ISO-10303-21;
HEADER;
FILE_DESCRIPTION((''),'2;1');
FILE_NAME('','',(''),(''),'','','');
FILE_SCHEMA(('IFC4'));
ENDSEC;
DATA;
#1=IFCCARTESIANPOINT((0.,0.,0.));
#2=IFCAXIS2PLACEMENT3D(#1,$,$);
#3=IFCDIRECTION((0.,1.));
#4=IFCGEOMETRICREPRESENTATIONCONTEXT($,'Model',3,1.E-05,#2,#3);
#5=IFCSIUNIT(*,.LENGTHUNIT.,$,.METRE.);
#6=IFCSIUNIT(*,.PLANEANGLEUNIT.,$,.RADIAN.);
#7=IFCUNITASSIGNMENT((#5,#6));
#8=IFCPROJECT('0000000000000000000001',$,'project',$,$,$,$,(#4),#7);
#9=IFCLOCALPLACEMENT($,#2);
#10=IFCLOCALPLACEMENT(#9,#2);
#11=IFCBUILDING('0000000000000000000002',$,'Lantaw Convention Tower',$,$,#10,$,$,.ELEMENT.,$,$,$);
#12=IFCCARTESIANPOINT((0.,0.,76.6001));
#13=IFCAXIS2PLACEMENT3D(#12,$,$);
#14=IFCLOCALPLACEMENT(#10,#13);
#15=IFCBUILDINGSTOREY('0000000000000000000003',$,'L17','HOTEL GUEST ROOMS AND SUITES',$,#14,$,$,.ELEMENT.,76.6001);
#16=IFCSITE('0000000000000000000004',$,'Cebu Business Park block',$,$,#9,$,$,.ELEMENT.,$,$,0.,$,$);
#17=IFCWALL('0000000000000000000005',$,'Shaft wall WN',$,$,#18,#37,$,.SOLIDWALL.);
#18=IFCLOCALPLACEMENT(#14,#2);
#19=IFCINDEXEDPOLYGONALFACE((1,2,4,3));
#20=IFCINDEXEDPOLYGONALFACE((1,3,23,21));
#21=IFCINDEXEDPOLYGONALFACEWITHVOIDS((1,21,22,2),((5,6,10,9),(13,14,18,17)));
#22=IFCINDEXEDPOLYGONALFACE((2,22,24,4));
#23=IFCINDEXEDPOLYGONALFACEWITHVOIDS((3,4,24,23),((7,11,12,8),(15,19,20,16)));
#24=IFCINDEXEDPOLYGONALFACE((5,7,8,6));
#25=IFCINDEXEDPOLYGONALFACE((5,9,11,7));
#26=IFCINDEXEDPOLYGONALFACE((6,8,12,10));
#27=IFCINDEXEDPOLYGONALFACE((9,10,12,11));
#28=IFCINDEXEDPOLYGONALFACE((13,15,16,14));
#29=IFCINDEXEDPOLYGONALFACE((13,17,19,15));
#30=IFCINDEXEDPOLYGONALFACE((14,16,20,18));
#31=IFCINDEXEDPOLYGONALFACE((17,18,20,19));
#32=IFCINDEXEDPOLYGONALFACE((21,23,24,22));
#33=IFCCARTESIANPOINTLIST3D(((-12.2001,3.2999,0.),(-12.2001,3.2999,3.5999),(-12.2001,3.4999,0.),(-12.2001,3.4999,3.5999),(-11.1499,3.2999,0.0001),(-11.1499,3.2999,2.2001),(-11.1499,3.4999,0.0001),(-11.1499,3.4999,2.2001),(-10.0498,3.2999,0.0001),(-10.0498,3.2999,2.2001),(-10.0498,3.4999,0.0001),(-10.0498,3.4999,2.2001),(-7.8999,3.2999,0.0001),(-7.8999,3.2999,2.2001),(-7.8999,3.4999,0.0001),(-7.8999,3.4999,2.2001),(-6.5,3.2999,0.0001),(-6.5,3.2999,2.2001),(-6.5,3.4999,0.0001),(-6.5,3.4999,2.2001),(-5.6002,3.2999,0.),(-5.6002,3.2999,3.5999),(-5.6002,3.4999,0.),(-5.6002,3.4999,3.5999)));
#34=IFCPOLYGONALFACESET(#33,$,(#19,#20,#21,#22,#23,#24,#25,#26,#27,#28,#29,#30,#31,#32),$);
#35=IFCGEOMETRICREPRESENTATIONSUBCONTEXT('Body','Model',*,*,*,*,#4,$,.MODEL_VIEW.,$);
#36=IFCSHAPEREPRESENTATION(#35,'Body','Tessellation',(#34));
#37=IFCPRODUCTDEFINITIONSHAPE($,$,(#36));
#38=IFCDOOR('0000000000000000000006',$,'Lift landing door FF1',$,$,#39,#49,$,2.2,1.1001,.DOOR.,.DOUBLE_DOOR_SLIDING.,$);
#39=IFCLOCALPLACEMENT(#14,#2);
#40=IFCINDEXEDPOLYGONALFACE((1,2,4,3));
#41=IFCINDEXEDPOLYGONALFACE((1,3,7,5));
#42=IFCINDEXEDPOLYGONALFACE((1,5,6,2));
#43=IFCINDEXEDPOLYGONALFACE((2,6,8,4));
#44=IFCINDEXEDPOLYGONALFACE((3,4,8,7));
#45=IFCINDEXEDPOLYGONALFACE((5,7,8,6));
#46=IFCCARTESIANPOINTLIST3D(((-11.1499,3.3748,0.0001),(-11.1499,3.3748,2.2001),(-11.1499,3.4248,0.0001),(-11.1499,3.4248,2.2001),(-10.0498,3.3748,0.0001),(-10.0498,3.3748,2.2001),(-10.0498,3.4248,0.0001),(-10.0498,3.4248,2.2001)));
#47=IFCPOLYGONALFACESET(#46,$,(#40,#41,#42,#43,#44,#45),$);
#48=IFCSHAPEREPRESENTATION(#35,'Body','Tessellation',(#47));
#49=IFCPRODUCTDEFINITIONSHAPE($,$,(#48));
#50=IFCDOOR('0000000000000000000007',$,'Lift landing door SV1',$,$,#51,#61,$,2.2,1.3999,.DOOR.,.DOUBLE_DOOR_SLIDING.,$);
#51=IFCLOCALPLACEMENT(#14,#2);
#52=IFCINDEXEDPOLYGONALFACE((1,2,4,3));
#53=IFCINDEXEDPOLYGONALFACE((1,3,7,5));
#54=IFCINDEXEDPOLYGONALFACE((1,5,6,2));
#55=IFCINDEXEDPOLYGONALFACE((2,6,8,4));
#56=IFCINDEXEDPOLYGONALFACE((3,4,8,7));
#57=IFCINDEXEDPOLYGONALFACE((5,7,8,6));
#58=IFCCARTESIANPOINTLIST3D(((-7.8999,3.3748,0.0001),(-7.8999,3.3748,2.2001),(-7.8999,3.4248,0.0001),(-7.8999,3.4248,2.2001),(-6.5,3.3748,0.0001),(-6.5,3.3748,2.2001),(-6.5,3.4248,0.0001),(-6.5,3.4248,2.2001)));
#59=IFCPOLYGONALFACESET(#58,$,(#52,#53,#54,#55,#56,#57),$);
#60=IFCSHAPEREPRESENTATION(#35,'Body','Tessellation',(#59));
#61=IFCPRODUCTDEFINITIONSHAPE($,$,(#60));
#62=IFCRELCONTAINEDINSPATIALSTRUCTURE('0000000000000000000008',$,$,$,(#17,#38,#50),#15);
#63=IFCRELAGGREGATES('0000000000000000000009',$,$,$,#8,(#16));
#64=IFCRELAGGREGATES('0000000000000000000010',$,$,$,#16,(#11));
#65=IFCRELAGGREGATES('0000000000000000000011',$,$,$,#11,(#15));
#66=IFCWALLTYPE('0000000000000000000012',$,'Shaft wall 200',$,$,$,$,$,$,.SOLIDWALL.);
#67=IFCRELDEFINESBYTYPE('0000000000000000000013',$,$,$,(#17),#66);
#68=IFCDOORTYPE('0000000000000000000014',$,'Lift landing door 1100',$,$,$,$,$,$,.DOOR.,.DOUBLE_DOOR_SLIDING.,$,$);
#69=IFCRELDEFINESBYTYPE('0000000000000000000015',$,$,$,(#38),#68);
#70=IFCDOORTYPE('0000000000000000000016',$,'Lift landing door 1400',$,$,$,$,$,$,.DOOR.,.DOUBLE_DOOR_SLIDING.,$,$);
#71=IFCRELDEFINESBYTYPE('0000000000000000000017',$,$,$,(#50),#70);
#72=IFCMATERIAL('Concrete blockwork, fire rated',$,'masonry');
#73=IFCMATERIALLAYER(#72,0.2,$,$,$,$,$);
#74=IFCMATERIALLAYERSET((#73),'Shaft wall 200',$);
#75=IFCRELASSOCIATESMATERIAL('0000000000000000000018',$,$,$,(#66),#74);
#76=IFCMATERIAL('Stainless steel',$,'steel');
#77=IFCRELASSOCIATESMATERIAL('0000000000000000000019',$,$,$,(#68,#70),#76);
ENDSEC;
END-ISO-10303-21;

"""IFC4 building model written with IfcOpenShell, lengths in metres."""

from ifc_helpers import new_model, si_unit, direction, frame, frame_2d, origin, place, context, subcontext, project, spatial, rectangle, extrude, material, layer, layer_set, type_object, element, fill, save


model = new_model("IFC4")

# Units and contexts
model_context = context("Model", 3, precision=1e-05, world=origin(), true_north=direction((0.0, 1.0)))
body_context = subcontext(model_context, "Body", "Model", "MODEL_VIEW")
ifc_project = project(units=[si_unit("LENGTHUNIT", "METRE"), si_unit("PLANEANGLEUNIT", "RADIAN")], contexts=[model_context])

# Site, building, storey
site_placement = place(None, origin())
site = spatial("IfcSite", under=ifc_project, at=site_placement, Name="Cebu Business Park block", CompositionType="ELEMENT", RefElevation=0.0)
building_placement = place(site_placement, origin())
building = spatial("IfcBuilding", under=site, at=building_placement, Name="Lantaw Convention Tower", CompositionType="ELEMENT")
storey_placement = place(building_placement, frame((0.0, 0.0, 76.6001)))
storey = spatial("IfcBuildingStorey", under=building, at=storey_placement, Name="L17", Description="HOTEL GUEST ROOMS AND SUITES", CompositionType="ELEMENT", Elevation=76.6001)

# Wall, openings, doors
ifc_material_1 = material(Name="Concrete blockwork, fire rated", Category="masonry")
ifc_layer_1 = layer(ifc_material_1, 0.2)
ifc_layer_set_1 = layer_set([ifc_layer_1], Name="Shaft wall 200")
wall_type_1 = type_object("IfcWallType", Name="Shaft wall 200", PredefinedType="SOLIDWALL", material=ifc_layer_set_1)
wall_1_placement = place(storey_placement, frame((-12.2, 3.3999, 0.0), z_axis=(0.0, 0.0, 1.0), x_axis=(1.0, 0.0, 0.0)))
wall_1 = element("IfcWall", 1, at=wall_1_placement, inside=storey, type_object=wall_type_1, Name="Shaft wall WN", PredefinedType="SOLIDWALL", context=body_context, shape_type="SweptSolid", body=[
    extrude(rectangle(XDim=6.5999, YDim=0.2, at=frame_2d((3.2998, 0.0))), origin(), (0.0, 0.0, 1.0), 3.5999),
])
opening_1_placement = place(wall_1_placement, frame((1.05, 0.0, 0.0)))
opening_1 = element("IfcOpeningElement", 2, at=opening_1_placement, cuts=wall_1, PredefinedType="OPENING", context=body_context, shape_type="SweptSolid", body=[
    extrude(rectangle(XDim=1.1001, YDim=2.2, at=frame_2d((0.55, 1.1001))), frame((0.0, 0.1099, 0.0), z_axis=(0.0, -1.0, 0.0), x_axis=(1.0, 0.0, 0.0)), (0.0, 0.0, 1.0), 0.22),
])
opening_2_placement = place(wall_1_placement, frame((4.3, 0.0, 0.0)))
opening_2 = element("IfcOpeningElement", 3, at=opening_2_placement, cuts=wall_1, PredefinedType="OPENING", context=body_context, shape_type="SweptSolid", body=[
    extrude(rectangle(XDim=1.3999, YDim=2.2, at=frame_2d((0.7, 1.1001))), frame((0.0, 0.1099, 0.0), z_axis=(0.0, -1.0, 0.0), x_axis=(1.0, 0.0, 0.0)), (0.0, 0.0, 1.0), 0.22),
])
ifc_material_2 = material(Name="Stainless steel", Category="steel")
door_type_1 = type_object("IfcDoorType", Name="Lift landing door 1100", OperationType="DOUBLE_DOOR_SLIDING", PredefinedType="DOOR", material=ifc_material_2)
door_1_placement = place(opening_1_placement, origin())
door_1 = element("IfcDoor", 4, at=door_1_placement, inside=storey, type_object=door_type_1, Name="Lift landing door FF1", OperationType="DOUBLE_DOOR_SLIDING", OverallHeight=2.2, OverallWidth=1.1001, PredefinedType="DOOR", context=body_context, shape_type="SweptSolid", body=[
    extrude(rectangle(XDim=1.1001, YDim=2.2, at=frame_2d((0.55, 1.1001))), frame((0.0, 0.0249, 0.0), z_axis=(0.0, -1.0, 0.0), x_axis=(1.0, 0.0, 0.0)), (0.0, 0.0, 1.0), 0.05),
])
fill(opening_1, door_1)
door_type_2 = type_object("IfcDoorType", Name="Lift landing door 1400", OperationType="DOUBLE_DOOR_SLIDING", PredefinedType="DOOR", material=ifc_material_2)
door_2_placement = place(opening_2_placement, origin())
door_2 = element("IfcDoor", 5, at=door_2_placement, inside=storey, type_object=door_type_2, Name="Lift landing door SV1", OperationType="DOUBLE_DOOR_SLIDING", OverallHeight=2.2, OverallWidth=1.3999, PredefinedType="DOOR", context=body_context, shape_type="SweptSolid", body=[
    extrude(rectangle(XDim=1.3999, YDim=2.2, at=frame_2d((0.7, 1.1001))), frame((0.0, 0.0249, 0.0), z_axis=(0.0, -1.0, 0.0), x_axis=(1.0, 0.0, 0.0)), (0.0, 0.0, 1.0), 0.05),
])
fill(opening_2, door_2)

save(model, "model.ifc")
